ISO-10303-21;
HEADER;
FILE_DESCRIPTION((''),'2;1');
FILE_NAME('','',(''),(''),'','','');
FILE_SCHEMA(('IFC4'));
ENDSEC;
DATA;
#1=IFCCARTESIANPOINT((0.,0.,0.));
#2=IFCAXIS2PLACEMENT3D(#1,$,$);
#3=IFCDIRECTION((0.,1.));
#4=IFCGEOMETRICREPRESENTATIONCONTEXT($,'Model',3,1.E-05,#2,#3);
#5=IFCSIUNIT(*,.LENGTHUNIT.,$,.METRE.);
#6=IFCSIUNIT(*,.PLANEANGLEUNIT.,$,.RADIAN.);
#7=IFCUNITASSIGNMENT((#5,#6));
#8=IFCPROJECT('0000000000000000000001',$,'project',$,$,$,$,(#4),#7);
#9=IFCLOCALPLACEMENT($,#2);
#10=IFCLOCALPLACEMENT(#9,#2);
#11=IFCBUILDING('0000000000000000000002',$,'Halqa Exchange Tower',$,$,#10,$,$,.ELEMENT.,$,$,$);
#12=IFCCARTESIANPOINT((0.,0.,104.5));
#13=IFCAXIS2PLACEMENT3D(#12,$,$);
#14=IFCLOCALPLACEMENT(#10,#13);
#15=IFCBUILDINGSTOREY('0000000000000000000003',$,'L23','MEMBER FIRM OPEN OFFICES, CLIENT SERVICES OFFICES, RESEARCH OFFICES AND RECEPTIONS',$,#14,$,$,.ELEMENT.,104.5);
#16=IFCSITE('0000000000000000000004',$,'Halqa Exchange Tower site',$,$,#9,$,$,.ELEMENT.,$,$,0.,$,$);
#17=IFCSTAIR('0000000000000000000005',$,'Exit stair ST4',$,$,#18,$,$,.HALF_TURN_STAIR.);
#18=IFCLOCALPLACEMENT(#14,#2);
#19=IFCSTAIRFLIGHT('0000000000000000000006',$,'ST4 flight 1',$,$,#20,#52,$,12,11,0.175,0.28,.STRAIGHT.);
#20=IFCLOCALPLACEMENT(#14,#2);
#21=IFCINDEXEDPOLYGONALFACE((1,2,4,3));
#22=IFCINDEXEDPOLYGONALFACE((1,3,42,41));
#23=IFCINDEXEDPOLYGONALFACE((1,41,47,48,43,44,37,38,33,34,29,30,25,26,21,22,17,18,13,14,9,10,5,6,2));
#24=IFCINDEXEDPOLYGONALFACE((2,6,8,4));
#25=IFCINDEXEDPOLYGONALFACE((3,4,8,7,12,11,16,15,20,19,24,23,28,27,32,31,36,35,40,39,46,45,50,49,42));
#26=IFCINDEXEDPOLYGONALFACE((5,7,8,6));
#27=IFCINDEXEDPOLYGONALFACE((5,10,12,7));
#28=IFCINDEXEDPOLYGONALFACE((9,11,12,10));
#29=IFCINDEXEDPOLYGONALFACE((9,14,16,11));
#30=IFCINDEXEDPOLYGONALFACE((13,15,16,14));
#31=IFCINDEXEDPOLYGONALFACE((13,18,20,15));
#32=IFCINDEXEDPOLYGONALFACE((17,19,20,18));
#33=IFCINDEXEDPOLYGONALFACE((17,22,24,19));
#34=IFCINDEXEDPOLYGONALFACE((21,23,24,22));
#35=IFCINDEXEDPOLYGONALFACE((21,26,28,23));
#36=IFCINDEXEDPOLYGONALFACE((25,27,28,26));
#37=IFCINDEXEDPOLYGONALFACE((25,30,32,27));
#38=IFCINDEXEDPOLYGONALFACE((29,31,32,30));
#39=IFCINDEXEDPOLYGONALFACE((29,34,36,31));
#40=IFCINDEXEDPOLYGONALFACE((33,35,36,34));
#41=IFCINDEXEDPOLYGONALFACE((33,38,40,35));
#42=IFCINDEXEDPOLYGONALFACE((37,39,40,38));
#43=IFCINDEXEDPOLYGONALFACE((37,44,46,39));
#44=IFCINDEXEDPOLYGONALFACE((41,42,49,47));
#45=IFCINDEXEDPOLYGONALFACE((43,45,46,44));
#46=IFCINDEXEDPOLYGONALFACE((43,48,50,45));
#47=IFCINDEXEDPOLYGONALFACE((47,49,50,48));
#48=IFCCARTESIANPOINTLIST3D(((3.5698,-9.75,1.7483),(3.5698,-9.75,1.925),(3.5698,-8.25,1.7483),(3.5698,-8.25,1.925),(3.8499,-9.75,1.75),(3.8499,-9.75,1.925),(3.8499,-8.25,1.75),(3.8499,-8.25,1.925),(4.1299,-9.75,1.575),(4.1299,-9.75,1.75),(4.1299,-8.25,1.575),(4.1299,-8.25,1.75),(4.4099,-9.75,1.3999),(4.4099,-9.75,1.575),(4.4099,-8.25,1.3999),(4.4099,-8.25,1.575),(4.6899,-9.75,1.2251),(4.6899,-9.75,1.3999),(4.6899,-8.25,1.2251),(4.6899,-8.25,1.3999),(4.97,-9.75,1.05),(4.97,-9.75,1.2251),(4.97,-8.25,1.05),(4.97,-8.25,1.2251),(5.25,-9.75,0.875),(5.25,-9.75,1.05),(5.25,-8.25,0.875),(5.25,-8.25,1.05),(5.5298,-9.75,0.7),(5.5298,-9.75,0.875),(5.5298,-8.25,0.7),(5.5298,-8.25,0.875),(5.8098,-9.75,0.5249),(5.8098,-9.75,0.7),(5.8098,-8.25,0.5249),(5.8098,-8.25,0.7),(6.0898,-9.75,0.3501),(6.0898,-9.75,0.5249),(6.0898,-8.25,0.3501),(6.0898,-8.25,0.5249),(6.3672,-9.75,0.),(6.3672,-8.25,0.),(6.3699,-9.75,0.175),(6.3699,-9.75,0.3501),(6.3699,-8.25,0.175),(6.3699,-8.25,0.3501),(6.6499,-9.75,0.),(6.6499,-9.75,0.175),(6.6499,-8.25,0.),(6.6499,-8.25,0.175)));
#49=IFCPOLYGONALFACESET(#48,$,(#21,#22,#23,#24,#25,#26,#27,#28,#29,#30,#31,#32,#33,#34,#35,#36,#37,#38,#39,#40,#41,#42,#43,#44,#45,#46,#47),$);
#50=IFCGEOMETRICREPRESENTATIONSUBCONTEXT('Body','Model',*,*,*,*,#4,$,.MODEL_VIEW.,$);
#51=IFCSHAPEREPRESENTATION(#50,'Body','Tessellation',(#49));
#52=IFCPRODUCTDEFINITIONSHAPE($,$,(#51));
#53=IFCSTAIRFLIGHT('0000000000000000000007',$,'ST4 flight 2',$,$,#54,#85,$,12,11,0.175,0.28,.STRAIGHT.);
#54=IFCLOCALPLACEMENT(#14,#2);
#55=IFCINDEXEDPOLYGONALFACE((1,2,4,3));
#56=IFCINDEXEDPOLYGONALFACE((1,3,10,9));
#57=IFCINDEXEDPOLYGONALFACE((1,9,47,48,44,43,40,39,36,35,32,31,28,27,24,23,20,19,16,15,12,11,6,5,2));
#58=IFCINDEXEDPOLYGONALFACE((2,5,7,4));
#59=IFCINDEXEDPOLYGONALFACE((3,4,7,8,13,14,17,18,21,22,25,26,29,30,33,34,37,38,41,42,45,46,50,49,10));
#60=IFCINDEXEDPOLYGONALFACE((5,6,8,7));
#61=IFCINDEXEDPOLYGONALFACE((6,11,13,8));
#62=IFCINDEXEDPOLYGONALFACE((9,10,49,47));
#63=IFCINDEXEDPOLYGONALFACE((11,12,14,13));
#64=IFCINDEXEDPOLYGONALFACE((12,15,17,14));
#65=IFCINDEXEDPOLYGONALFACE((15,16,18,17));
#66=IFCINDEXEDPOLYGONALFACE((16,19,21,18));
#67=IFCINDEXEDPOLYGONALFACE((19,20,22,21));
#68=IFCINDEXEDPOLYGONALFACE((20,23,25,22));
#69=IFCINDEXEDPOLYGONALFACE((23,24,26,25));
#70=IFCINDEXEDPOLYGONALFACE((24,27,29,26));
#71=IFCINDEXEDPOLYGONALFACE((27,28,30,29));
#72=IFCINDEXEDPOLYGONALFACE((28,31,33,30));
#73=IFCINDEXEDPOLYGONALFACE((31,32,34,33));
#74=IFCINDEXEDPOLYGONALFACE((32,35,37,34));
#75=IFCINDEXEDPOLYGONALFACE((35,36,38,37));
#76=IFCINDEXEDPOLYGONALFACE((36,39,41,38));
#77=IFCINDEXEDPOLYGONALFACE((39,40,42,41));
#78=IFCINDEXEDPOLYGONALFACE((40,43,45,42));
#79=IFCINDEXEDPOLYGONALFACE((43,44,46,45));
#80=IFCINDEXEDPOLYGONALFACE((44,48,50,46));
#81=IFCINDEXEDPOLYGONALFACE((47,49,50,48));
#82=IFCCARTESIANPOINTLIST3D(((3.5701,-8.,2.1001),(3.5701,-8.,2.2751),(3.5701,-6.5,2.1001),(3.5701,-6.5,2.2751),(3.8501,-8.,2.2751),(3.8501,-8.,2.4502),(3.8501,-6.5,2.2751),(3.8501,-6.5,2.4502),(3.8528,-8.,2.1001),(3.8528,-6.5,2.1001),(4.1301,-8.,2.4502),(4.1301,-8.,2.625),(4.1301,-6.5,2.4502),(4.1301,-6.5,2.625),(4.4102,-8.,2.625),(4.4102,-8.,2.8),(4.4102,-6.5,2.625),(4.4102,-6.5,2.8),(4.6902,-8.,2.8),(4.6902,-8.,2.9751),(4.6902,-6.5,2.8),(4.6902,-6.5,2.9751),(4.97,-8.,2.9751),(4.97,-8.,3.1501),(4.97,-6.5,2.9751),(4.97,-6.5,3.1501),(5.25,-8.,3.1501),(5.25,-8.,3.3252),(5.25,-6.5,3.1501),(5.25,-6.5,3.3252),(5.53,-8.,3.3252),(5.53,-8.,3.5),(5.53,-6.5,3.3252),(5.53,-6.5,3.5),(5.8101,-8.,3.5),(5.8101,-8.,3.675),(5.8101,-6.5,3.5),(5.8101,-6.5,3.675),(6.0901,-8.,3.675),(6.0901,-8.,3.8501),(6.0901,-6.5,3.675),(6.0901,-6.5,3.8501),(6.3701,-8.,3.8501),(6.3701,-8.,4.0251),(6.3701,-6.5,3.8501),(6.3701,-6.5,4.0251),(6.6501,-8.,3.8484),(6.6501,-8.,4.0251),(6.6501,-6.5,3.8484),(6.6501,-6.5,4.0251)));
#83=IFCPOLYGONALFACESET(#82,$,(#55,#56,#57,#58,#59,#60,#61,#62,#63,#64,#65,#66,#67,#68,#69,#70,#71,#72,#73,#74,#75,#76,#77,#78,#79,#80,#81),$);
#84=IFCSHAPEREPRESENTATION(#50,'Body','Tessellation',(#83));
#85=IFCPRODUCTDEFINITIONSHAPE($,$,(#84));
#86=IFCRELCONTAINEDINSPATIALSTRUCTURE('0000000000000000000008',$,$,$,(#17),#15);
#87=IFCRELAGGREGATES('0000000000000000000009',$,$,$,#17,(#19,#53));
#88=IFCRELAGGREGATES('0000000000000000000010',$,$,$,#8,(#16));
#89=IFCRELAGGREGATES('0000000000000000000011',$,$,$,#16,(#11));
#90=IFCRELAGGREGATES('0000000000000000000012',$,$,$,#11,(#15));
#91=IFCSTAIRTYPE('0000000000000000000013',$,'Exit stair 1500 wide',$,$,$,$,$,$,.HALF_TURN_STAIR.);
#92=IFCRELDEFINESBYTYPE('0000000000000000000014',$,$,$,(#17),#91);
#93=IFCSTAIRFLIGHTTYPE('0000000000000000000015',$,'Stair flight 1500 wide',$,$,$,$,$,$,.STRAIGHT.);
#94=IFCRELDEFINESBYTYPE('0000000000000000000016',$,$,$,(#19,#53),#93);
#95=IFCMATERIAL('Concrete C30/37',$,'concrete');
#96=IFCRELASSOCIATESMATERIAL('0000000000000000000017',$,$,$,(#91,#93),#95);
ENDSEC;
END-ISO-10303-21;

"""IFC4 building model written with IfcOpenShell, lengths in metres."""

from ifc_helpers import new_model, si_unit, direction, frame, origin, place, context, subcontext, project, spatial, polyline, outline, extrude, material, type_object, element, aggregate, save


model = new_model("IFC4")

# Units and contexts
model_context = context("Model", 3, precision=1e-05, world=origin(), true_north=direction((0.0, 1.0)))
body_context = subcontext(model_context, "Body", "Model", "MODEL_VIEW")
ifc_project = project(units=[si_unit("LENGTHUNIT", "METRE"), si_unit("PLANEANGLEUNIT", "RADIAN")], contexts=[model_context])

# Site, building, storey
site_placement = place(None, origin())
site = spatial("IfcSite", under=ifc_project, at=site_placement, Name="Halqa Exchange Tower site", CompositionType="ELEMENT", RefElevation=0.0)
building_placement = place(site_placement, origin())
building = spatial("IfcBuilding", under=site, at=building_placement, Name="Halqa Exchange Tower", CompositionType="ELEMENT")
storey_placement = place(building_placement, frame((0.0, 0.0, 104.5)))
storey = spatial("IfcBuildingStorey", under=building, at=storey_placement, Name="L23", Description="MEMBER FIRM OPEN OFFICES, CLIENT SERVICES OFFICES, RESEARCH OFFICES AND RECEPTIONS", CompositionType="ELEMENT", Elevation=104.5)

# Shared definitions
ifc_material_1 = material(Name="Concrete C30/37", Category="concrete")

# Stair, stair flights
stair_type = type_object("IfcStairType", Name="Exit stair 1500 wide", PredefinedType="HALF_TURN_STAIR", material=ifc_material_1)
stair_placement = place(storey_placement, origin())
stair = element("IfcStair", 1, at=stair_placement, inside=storey, type_object=stair_type, Name="Exit stair ST4", PredefinedType="HALF_TURN_STAIR")
stair_flight_type = type_object("IfcStairFlightType", Name="Stair flight 1500 wide", PredefinedType="STRAIGHT", material=ifc_material_1)
stair_flight_1_placement = place(storey_placement, frame((6.6499, -9.0, 0.0), z_axis=(0.0, 0.0, 1.0), x_axis=(-1.0, 0.0, 0.0)))
stair_flight_1 = element("IfcStairFlight", 2, at=stair_flight_1_placement, type_object=stair_flight_type, Name="ST4 flight 1", NumberOfRisers=12, NumberOfTreads=11, PredefinedType="STRAIGHT", RiserHeight=0.175, TreadLength=0.28, context=body_context, shape_type="SweptSolid", body=[
    extrude(outline(polyline([(0.0, 0.0), (0.0, 0.175), (0.28, 0.175), (0.28, 0.3501), (0.5601, 0.3501), (0.5601, 0.5249), (0.8401, 0.5249), (0.8401, 0.7), (1.1201, 0.7), (1.1201, 0.875), (1.3999, 0.875), (1.3999, 1.05), (1.6799, 1.05), (1.6799, 1.2251), (1.96, 1.2251), (1.96, 1.3999), (2.24, 1.3999), (2.24, 1.575), (2.52, 1.575), (2.52, 1.75), (2.8, 1.75), (2.8, 1.925), (3.0801, 1.925), (3.0801, 2.1001), (3.0801, 1.7483), (0.2827, 0.0), (0.0, 0.0)])), frame((0.0, 0.75, 0.0), z_axis=(0.0, -1.0, 0.0), x_axis=(1.0, 0.0, 0.0)), (0.0, 0.0, 1.0), 1.5),
])
stair_flight_2_placement = place(storey_placement, frame((3.5701, -7.25, 2.1001), z_axis=(0.0, 0.0, 1.0), x_axis=(1.0, 0.0, 0.0)))
stair_flight_2 = element("IfcStairFlight", 3, at=stair_flight_2_placement, type_object=stair_flight_type, Name="ST4 flight 2", NumberOfRisers=12, NumberOfTreads=11, PredefinedType="STRAIGHT", RiserHeight=0.175, TreadLength=0.28, context=body_context, shape_type="SweptSolid", body=[
    extrude(outline(polyline([(0.0, 0.0), (0.0, 0.175), (0.28, 0.175), (0.28, 0.3501), (0.5601, 0.3501), (0.5601, 0.5249), (0.8401, 0.5249), (0.8401, 0.7), (1.1201, 0.7), (1.1201, 0.875), (1.3999, 0.875), (1.3999, 1.05), (1.6799, 1.05), (1.6799, 1.2251), (1.96, 1.2251), (1.96, 1.3999), (2.24, 1.3999), (2.24, 1.575), (2.52, 1.575), (2.52, 1.75), (2.8, 1.75), (2.8, 1.925), (3.0801, 1.925), (3.0801, 2.1001), (3.0801, 1.7483), (0.2827, 0.0), (0.0, 0.0)])), frame((0.0, 0.75, 0.0), z_axis=(0.0, -1.0, 0.0), x_axis=(1.0, 0.0, 0.0)), (0.0, 0.0, 1.0), 1.5),
])
aggregate(stair, [stair_flight_1, stair_flight_2])

save(model, "model.ifc")
